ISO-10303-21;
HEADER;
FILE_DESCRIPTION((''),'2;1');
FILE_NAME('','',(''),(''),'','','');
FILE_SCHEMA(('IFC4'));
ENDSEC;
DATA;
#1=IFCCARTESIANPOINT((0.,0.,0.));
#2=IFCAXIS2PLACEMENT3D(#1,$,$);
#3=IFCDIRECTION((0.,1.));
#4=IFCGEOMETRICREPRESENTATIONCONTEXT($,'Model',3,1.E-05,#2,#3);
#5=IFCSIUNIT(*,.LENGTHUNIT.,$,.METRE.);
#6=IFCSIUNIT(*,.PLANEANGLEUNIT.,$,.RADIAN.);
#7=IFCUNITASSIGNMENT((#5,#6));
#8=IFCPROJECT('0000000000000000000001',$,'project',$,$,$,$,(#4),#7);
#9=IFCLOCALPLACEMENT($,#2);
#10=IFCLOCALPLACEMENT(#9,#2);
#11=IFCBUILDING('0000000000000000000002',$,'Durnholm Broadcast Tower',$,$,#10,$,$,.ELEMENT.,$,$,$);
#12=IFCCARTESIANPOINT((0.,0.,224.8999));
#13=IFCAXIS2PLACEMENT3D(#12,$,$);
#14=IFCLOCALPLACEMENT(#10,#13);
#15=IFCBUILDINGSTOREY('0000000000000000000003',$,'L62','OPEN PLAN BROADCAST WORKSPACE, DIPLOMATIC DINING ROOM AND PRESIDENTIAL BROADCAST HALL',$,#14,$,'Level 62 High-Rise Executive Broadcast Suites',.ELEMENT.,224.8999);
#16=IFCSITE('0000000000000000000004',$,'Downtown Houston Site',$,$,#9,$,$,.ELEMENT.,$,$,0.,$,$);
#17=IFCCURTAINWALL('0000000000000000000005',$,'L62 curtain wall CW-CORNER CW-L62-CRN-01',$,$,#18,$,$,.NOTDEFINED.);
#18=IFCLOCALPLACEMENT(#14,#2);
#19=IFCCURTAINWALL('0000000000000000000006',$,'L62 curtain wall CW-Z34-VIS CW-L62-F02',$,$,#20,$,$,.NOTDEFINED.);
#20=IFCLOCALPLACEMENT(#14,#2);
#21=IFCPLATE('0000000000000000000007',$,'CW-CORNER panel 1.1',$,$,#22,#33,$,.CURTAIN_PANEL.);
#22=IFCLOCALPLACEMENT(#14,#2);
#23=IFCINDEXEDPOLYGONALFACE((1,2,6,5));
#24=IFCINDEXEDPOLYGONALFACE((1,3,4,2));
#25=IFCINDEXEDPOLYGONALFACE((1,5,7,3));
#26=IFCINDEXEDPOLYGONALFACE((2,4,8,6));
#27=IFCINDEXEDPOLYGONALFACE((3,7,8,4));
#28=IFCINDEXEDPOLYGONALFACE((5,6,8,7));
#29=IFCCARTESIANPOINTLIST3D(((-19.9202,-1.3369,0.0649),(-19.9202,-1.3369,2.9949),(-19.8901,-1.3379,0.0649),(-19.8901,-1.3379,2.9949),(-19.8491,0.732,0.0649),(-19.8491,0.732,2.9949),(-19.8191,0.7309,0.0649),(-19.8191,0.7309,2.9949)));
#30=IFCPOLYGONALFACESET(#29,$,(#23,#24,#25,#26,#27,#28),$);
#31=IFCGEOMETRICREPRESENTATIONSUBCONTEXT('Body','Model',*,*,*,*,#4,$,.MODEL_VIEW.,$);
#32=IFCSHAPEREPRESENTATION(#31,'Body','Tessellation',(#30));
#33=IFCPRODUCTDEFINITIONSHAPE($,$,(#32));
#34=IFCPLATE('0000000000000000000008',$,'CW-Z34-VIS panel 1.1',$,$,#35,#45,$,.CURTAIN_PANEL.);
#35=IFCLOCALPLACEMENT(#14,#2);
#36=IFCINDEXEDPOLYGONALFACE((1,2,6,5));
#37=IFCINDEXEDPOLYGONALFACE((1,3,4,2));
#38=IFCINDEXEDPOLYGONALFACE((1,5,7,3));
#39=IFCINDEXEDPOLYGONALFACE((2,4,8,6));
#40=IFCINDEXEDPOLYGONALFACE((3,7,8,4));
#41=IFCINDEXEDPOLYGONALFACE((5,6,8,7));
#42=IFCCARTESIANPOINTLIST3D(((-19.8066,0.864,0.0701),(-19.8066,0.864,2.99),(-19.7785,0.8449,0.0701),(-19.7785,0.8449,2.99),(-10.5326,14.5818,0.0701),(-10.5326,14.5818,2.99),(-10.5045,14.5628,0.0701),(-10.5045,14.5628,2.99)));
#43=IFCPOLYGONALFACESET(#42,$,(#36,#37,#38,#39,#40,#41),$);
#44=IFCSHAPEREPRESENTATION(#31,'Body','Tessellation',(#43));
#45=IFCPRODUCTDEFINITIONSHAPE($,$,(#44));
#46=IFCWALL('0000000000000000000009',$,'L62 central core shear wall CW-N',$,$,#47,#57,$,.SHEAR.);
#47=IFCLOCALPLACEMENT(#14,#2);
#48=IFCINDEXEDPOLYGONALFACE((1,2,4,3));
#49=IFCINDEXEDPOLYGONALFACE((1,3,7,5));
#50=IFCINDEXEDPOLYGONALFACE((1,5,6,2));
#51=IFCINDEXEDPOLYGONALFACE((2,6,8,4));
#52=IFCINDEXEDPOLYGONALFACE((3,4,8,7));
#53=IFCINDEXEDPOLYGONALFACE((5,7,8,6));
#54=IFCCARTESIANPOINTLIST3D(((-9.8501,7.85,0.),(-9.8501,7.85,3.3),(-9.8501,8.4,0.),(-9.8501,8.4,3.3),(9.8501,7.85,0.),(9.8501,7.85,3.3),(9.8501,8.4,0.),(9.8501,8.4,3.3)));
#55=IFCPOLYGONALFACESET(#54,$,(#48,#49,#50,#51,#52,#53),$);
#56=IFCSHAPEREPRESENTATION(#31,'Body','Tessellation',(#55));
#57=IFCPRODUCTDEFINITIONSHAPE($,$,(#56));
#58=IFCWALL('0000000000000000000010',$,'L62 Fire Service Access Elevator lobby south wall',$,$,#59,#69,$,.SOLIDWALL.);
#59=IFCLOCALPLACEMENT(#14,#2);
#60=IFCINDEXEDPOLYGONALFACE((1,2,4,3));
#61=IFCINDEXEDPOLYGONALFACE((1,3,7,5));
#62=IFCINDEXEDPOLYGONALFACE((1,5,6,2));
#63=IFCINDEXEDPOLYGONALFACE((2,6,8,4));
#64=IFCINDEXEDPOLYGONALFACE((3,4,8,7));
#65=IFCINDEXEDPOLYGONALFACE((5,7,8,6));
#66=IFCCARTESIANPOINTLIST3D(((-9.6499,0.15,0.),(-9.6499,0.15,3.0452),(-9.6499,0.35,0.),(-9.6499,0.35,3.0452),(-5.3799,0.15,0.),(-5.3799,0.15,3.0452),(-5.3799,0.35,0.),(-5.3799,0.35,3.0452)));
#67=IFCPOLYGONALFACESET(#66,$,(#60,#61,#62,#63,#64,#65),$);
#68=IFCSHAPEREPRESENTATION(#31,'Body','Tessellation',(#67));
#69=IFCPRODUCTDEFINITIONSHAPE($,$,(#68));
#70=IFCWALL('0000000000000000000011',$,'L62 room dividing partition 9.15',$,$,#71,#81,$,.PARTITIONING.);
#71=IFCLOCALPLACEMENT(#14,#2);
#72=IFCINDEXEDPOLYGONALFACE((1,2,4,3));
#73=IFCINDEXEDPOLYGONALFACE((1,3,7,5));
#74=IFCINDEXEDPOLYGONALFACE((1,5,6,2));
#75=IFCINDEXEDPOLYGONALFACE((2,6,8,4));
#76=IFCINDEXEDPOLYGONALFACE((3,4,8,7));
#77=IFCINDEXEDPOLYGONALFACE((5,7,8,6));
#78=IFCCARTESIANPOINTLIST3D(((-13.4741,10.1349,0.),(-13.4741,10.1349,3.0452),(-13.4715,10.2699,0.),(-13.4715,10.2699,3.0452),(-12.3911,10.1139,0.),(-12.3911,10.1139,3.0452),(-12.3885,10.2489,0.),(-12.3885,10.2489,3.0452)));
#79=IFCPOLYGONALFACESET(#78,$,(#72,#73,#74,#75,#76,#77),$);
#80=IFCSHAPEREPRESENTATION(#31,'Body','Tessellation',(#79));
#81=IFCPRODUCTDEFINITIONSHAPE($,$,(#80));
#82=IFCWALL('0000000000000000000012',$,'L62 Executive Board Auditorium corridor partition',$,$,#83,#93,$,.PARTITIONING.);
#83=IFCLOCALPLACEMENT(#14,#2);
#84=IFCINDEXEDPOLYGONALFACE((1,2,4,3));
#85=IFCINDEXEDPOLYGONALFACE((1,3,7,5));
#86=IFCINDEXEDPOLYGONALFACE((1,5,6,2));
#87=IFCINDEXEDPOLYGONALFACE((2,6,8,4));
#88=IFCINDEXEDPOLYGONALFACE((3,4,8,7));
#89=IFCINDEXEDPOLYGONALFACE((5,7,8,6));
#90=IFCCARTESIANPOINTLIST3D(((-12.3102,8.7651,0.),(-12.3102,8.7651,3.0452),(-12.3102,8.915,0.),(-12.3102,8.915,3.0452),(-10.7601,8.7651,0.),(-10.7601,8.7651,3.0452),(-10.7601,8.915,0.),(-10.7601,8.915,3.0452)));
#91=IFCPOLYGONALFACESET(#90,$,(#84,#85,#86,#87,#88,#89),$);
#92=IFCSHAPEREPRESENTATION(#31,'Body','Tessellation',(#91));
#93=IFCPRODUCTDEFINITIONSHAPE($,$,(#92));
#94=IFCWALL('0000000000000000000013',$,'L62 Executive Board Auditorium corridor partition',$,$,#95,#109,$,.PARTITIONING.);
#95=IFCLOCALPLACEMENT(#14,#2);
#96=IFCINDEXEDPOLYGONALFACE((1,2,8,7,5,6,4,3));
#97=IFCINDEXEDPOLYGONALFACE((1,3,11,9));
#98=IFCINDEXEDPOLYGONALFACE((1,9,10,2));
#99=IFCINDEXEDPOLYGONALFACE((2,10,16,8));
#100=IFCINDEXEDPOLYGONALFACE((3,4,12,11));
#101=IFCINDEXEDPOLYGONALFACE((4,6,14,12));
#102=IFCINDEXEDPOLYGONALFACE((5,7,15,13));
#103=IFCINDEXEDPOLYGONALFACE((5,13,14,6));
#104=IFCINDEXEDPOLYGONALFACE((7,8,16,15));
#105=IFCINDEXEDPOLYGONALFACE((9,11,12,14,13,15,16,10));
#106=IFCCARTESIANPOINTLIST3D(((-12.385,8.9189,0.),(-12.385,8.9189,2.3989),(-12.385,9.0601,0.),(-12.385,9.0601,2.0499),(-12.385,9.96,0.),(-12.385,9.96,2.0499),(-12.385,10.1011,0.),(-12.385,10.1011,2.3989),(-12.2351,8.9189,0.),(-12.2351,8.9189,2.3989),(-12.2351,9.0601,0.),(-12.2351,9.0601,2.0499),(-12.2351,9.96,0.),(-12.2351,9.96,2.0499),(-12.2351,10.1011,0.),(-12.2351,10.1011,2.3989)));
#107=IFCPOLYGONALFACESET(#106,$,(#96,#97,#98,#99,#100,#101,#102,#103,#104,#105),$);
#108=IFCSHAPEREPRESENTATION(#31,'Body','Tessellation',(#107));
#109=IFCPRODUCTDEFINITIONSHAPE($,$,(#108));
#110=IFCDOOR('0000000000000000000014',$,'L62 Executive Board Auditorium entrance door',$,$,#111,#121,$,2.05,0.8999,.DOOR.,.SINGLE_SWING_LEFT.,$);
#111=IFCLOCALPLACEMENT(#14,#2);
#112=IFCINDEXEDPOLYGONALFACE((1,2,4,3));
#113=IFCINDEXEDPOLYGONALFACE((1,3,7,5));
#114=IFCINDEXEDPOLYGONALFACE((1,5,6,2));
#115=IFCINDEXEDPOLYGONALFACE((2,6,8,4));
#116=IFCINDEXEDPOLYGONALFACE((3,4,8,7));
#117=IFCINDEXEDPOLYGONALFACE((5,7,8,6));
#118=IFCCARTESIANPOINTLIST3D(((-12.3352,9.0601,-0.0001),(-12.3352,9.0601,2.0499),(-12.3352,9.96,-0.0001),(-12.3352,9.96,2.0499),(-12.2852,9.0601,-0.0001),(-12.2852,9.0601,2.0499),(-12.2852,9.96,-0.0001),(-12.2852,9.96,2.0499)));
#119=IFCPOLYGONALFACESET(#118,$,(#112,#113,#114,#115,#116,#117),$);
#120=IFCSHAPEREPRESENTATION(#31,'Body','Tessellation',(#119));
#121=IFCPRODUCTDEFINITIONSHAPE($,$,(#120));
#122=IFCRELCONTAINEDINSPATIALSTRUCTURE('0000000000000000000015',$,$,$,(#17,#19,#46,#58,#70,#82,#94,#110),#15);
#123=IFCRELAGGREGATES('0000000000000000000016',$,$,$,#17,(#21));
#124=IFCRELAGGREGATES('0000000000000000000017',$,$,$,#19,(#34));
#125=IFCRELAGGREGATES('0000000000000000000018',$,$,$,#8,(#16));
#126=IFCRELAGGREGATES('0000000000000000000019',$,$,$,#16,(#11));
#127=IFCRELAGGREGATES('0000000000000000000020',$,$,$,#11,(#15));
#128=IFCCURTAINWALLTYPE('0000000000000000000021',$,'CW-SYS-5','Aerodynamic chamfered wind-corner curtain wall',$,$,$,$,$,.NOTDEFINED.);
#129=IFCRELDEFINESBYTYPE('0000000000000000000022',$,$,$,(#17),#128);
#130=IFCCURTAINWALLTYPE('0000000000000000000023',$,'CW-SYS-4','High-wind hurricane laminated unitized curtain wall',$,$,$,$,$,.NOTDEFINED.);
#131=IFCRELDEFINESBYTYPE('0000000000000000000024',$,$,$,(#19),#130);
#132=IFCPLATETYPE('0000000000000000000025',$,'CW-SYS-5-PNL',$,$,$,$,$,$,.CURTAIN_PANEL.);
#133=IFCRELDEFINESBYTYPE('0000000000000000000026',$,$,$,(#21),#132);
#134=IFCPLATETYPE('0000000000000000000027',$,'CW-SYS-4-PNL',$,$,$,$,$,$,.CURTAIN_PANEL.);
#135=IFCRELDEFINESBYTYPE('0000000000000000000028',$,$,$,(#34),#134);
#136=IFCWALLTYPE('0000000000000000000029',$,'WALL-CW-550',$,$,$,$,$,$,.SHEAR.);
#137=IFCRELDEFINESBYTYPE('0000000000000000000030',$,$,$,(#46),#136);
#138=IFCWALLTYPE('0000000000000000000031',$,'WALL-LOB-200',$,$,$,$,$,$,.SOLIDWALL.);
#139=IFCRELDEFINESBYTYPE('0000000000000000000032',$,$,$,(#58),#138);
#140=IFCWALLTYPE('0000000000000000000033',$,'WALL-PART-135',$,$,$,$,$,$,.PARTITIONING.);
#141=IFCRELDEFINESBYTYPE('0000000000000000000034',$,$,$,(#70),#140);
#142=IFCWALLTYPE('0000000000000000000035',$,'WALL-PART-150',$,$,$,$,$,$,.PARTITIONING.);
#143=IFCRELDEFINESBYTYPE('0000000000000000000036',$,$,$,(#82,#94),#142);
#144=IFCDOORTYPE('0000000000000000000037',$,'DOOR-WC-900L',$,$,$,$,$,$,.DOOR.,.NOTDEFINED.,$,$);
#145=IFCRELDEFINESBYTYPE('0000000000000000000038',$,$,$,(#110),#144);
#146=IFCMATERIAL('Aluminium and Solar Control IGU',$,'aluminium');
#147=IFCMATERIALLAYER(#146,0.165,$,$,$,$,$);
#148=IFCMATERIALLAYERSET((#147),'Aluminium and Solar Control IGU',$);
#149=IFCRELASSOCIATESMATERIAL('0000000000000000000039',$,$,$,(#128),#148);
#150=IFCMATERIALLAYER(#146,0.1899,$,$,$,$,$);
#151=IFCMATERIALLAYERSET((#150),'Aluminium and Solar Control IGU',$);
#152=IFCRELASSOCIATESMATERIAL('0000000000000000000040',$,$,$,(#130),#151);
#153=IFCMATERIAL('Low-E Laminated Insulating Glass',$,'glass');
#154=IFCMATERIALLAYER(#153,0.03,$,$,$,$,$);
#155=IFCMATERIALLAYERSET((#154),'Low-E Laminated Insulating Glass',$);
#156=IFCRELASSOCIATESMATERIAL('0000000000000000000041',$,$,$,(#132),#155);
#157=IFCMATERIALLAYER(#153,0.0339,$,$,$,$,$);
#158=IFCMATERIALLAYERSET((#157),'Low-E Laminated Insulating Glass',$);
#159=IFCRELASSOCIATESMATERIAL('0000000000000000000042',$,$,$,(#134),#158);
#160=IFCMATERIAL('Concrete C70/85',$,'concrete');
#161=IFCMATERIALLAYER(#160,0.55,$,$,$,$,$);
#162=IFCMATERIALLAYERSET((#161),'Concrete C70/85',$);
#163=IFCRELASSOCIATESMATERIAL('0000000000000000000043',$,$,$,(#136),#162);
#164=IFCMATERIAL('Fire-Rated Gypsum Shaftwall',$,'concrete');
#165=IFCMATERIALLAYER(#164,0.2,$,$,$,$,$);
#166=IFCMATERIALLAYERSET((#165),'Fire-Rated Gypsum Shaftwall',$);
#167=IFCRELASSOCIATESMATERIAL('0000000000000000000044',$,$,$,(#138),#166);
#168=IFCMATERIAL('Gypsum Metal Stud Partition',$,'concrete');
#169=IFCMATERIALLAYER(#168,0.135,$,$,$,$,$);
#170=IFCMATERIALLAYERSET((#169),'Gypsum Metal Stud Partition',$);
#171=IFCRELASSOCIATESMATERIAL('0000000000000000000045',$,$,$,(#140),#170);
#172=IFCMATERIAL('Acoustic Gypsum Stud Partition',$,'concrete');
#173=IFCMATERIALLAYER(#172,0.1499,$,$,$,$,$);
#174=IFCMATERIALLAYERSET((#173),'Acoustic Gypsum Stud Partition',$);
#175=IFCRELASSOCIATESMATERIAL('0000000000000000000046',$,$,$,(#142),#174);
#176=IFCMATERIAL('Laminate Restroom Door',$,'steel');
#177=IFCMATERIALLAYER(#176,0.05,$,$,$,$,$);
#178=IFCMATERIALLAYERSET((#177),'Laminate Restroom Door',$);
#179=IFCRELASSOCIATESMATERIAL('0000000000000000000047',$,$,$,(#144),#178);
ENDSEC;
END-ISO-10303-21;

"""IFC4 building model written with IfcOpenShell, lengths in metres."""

from ifc_helpers import new_model, si_unit, direction, frame, frame_2d, origin, origin_2d, place, context, subcontext, project, spatial, rectangle, extrude, source, transform, mapped, material, layer, layer_set, type_object, type_shapes, element, fill, aggregate, save


model = new_model("IFC4")

# Units and contexts
model_context = context("Model", 3, precision=1e-05, world=origin(), true_north=direction((0.0, 1.0)))
body_context = subcontext(model_context, "Body", "Model", "MODEL_VIEW")
ifc_project = project(units=[si_unit("LENGTHUNIT", "METRE"), si_unit("PLANEANGLEUNIT", "RADIAN")], contexts=[model_context])

# Site, building, storey
site_placement = place(None, origin())
site = spatial("IfcSite", under=ifc_project, at=site_placement, Name="Downtown Houston Site", CompositionType="ELEMENT", RefElevation=0.0)
building_placement = place(site_placement, origin())
building = spatial("IfcBuilding", under=site, at=building_placement, Name="Durnholm Broadcast Tower", CompositionType="ELEMENT")
storey_placement = place(building_placement, frame((0.0, 0.0, 224.8999)))
storey = spatial("IfcBuildingStorey", under=building, at=storey_placement, Name="L62", Description="OPEN PLAN BROADCAST WORKSPACE, DIPLOMATIC DINING ROOM AND PRESIDENTIAL BROADCAST HALL", LongName="Level 62 High-Rise Executive Broadcast Suites", CompositionType="ELEMENT", Elevation=224.8999)

# Shared definitions
ifc_material_1 = material(Name="Concrete C70/85", Category="concrete")

# Shared definitions
ifc_material_2 = material(Name="Aluminium and Solar Control IGU", Category="aluminium")
ifc_layer_1 = layer(ifc_material_2, 0.165)
ifc_layer_set_1 = layer_set([ifc_layer_1], Name="Aluminium and Solar Control IGU")
curtain_wall_type_1 = type_object("IfcCurtainWallType", Name="CW-SYS-5", Description="Aerodynamic chamfered wind-corner curtain wall", PredefinedType="NOTDEFINED", material=ifc_layer_set_1)

# Curtain wall
curtain_wall_1_placement = place(storey_placement, origin())
curtain_wall_1 = element("IfcCurtainWall", 1, at=curtain_wall_1_placement, inside=storey, type_object=curtain_wall_type_1, Name="L62 curtain wall CW-CORNER CW-L62-CRN-01", PredefinedType="NOTDEFINED")

# Curtain wall
ifc_layer_2 = layer(ifc_material_2, 0.1899)
ifc_layer_set_2 = layer_set([ifc_layer_2], Name="Aluminium and Solar Control IGU")
curtain_wall_type_2 = type_object("IfcCurtainWallType", Name="CW-SYS-4", Description="High-wind hurricane laminated unitized curtain wall", PredefinedType="NOTDEFINED", material=ifc_layer_set_2)
curtain_wall_2_placement = place(storey_placement, origin())
curtain_wall_2 = element("IfcCurtainWall", 2, at=curtain_wall_2_placement, inside=storey, type_object=curtain_wall_type_2, Name="L62 curtain wall CW-Z34-VIS CW-L62-F02", PredefinedType="NOTDEFINED")

# Plates
ifc_material_3 = material(Name="Low-E Laminated Insulating Glass", Category="glass")
ifc_layer_3 = layer(ifc_material_3, 0.03)
ifc_layer_set_3 = layer_set([ifc_layer_3], Name="Low-E Laminated Insulating Glass")
plate_type_1 = type_object("IfcPlateType", Name="CW-SYS-5-PNL", PredefinedType="CURTAIN_PANEL", material=ifc_layer_set_3)
shared_shape_1 = source(origin(), body_context, "Body", "SweptSolid", [
    extrude(rectangle(XDim=2.0701, YDim=0.03, at=origin_2d()), origin(), (0.0, 0.0, 1.0), 2.9299),
])
type_shapes(plate_type_1, [shared_shape_1])
plate_1_placement = place(storey_placement, frame((-19.8696, -0.303, 0.0649), z_axis=(0.0, 0.0, 1.0), x_axis=(0.034318, 0.999411, 0.0)))
plate_1 = element("IfcPlate", 3, at=plate_1_placement, type_object=plate_type_1, Name="CW-CORNER panel 1.1", PredefinedType="CURTAIN_PANEL", context=body_context, shape_type="MappedRepresentation", body=[
    mapped(shared_shape_1, transform((0.0, 0.0, 0.0), x_axis=(1.0, 0.0, 0.0), y_axis=(0.0, 1.0, 0.0), z_axis=(0.0, 0.0, 1.0), scale=1.0)),
])
aggregate(curtain_wall_1, [plate_1])
ifc_layer_4 = layer(ifc_material_3, 0.0339)
ifc_layer_set_4 = layer_set([ifc_layer_4], Name="Low-E Laminated Insulating Glass")
plate_type_2 = type_object("IfcPlateType", Name="CW-SYS-4-PNL", PredefinedType="CURTAIN_PANEL", material=ifc_layer_set_4)
shared_shape_2 = source(origin(), body_context, "Body", "SweptSolid", [
    extrude(rectangle(XDim=16.5586, YDim=0.0339, at=origin_2d()), origin(), (0.0, 0.0, 1.0), 2.9199),
])
type_shapes(plate_type_2, [shared_shape_2])
plate_2_placement = place(storey_placement, frame((-15.1555, 7.7134, 0.0701), z_axis=(0.0, 0.0, 1.0), x_axis=(0.560073, 0.828443, 0.0)))
plate_2 = element("IfcPlate", 4, at=plate_2_placement, type_object=plate_type_2, Name="CW-Z34-VIS panel 1.1", PredefinedType="CURTAIN_PANEL", context=body_context, shape_type="MappedRepresentation", body=[
    mapped(shared_shape_2, transform((0.0, 0.0, 0.0), x_axis=(1.0, 0.0, 0.0), y_axis=(0.0, 1.0, 0.0), z_axis=(0.0, 0.0, 1.0), scale=1.0)),
])
aggregate(curtain_wall_2, [plate_2])

# Walls
ifc_layer_5 = layer(ifc_material_1, 0.55)
ifc_layer_set_5 = layer_set([ifc_layer_5], Name="Concrete C70/85")
wall_type_1 = type_object("IfcWallType", Name="WALL-CW-550", PredefinedType="SHEAR", material=ifc_layer_set_5)
wall_1_placement = place(storey_placement, frame((-9.8501, 8.125, 0.0), z_axis=(0.0, 0.0, 1.0), x_axis=(1.0, 0.0, 0.0)))
element("IfcWall", 5, at=wall_1_placement, inside=storey, type_object=wall_type_1, Name="L62 central core shear wall CW-N", PredefinedType="SHEAR", context=body_context, shape_type="SweptSolid", body=[
    extrude(rectangle(XDim=19.7002, YDim=0.55, at=frame_2d((9.8501, 0.0))), origin(), (0.0, 0.0, 1.0), 3.3),
])
ifc_material_4 = material(Name="Fire-Rated Gypsum Shaftwall", Category="concrete")
ifc_layer_6 = layer(ifc_material_4, 0.2)
ifc_layer_set_6 = layer_set([ifc_layer_6], Name="Fire-Rated Gypsum Shaftwall")
wall_type_2 = type_object("IfcWallType", Name="WALL-LOB-200", PredefinedType="SOLIDWALL", material=ifc_layer_set_6)
wall_2_placement = place(storey_placement, frame((-9.6499, 0.25, 0.0), z_axis=(0.0, 0.0, 1.0), x_axis=(1.0, 0.0, 0.0)))
element("IfcWall", 6, at=wall_2_placement, inside=storey, type_object=wall_type_2, Name="L62 Fire Service Access Elevator lobby south wall", PredefinedType="SOLIDWALL", context=body_context, shape_type="SweptSolid", body=[
    extrude(rectangle(XDim=4.27, YDim=0.2, at=frame_2d((2.135, 0.0))), origin(), (0.0, 0.0, 1.0), 3.0452),
])
ifc_material_5 = material(Name="Gypsum Metal Stud Partition", Category="concrete")
ifc_layer_7 = layer(ifc_material_5, 0.135)
ifc_layer_set_7 = layer_set([ifc_layer_7], Name="Gypsum Metal Stud Partition")
wall_type_3 = type_object("IfcWallType", Name="WALL-PART-135", PredefinedType="PARTITIONING", material=ifc_layer_set_7)
wall_3_placement = place(storey_placement, frame((-12.3899, 10.1814, 0.0), z_axis=(0.0, 0.0, 1.0), x_axis=(-0.999812, 0.019383, 0.0)))
element("IfcWall", 7, at=wall_3_placement, inside=storey, type_object=wall_type_3, Name="L62 room dividing partition 9.15", PredefinedType="PARTITIONING", context=body_context, shape_type="SweptSolid", body=[
    extrude(rectangle(XDim=1.0833, YDim=0.135, at=frame_2d((0.5415, 0.0))), origin(), (0.0, 0.0, 1.0), 3.0452),
])
ifc_material_6 = material(Name="Acoustic Gypsum Stud Partition", Category="concrete")
ifc_layer_8 = layer(ifc_material_6, 0.1499)
ifc_layer_set_8 = layer_set([ifc_layer_8], Name="Acoustic Gypsum Stud Partition")
wall_type_4 = type_object("IfcWallType", Name="WALL-PART-150", PredefinedType="PARTITIONING", material=ifc_layer_set_8)
wall_4_placement = place(storey_placement, frame((-12.3101, 8.8401, 0.0), z_axis=(0.0, 0.0, 1.0), x_axis=(1.0, 0.0, 0.0)))
element("IfcWall", 8, at=wall_4_placement, inside=storey, type_object=wall_type_4, Name="L62 Executive Board Auditorium corridor partition", PredefinedType="PARTITIONING", context=body_context, shape_type="SweptSolid", body=[
    extrude(rectangle(XDim=1.55, YDim=0.1499, at=frame_2d((0.7749, 0.0))), origin(), (0.0, 0.0, 1.0), 3.0452),
])

# Wall, opening, door
wall_5_placement = place(storey_placement, frame((-12.3101, 10.1011, 0.0), z_axis=(0.0, 0.0, 1.0), x_axis=(0.0, -1.0, 0.0)))
wall_5 = element("IfcWall", 9, at=wall_5_placement, inside=storey, type_object=wall_type_4, Name="L62 Executive Board Auditorium corridor partition", PredefinedType="PARTITIONING", context=body_context, shape_type="SweptSolid", body=[
    extrude(rectangle(XDim=1.1821, YDim=0.1499, at=frame_2d((0.5911, 0.0))), origin(), (0.0, 0.0, 1.0), 2.3989),
])
opening_1_placement = place(wall_5_placement, frame((0.1411, 0.0, 0.0)))
opening_1 = element("IfcOpeningElement", 10, at=opening_1_placement, cuts=wall_5, PredefinedType="OPENING", context=body_context, shape_type="SweptSolid", body=[
    extrude(rectangle(XDim=0.8999, YDim=2.05, at=frame_2d((0.45, 1.0249))), frame((0.0, 0.085, 0.0), z_axis=(0.0, -1.0, 0.0), x_axis=(1.0, 0.0, 0.0)), (0.0, 0.0, 1.0), 0.1699),
])
ifc_material_7 = material(Name="Laminate Restroom Door", Category="steel")
ifc_layer_9 = layer(ifc_material_7, 0.05)
ifc_layer_set_9 = layer_set([ifc_layer_9], Name="Laminate Restroom Door")
door_type_1 = type_object("IfcDoorType", Name="DOOR-WC-900L", OperationType="NOTDEFINED", PredefinedType="DOOR", material=ifc_layer_set_9)
shared_shape_3 = source(origin(), body_context, "Body", "SweptSolid", [
    extrude(rectangle(XDim=0.8999, YDim=2.05, at=frame_2d((0.45, 1.0249))), frame((0.0, 0.0249, 0.0), z_axis=(0.0, -1.0, 0.0), x_axis=(1.0, 0.0, 0.0)), (0.0, 0.0, 1.0), 0.05),
])
type_shapes(door_type_1, [shared_shape_3])
door_1_placement = place(opening_1_placement, origin())
door_1 = element("IfcDoor", 11, at=door_1_placement, inside=storey, type_object=door_type_1, Name="L62 Executive Board Auditorium entrance door", OperationType="SINGLE_SWING_LEFT", OverallHeight=2.05, OverallWidth=0.8999, PredefinedType="DOOR", context=body_context, shape_type="MappedRepresentation", body=[
    mapped(shared_shape_3, transform((0.0, 0.0, 0.0), x_axis=(1.0, 0.0, 0.0), y_axis=(0.0, 1.0, 0.0), z_axis=(0.0, 0.0, 1.0), scale=1.0)),
])
fill(opening_1, door_1)

save(model, "model.ifc")
